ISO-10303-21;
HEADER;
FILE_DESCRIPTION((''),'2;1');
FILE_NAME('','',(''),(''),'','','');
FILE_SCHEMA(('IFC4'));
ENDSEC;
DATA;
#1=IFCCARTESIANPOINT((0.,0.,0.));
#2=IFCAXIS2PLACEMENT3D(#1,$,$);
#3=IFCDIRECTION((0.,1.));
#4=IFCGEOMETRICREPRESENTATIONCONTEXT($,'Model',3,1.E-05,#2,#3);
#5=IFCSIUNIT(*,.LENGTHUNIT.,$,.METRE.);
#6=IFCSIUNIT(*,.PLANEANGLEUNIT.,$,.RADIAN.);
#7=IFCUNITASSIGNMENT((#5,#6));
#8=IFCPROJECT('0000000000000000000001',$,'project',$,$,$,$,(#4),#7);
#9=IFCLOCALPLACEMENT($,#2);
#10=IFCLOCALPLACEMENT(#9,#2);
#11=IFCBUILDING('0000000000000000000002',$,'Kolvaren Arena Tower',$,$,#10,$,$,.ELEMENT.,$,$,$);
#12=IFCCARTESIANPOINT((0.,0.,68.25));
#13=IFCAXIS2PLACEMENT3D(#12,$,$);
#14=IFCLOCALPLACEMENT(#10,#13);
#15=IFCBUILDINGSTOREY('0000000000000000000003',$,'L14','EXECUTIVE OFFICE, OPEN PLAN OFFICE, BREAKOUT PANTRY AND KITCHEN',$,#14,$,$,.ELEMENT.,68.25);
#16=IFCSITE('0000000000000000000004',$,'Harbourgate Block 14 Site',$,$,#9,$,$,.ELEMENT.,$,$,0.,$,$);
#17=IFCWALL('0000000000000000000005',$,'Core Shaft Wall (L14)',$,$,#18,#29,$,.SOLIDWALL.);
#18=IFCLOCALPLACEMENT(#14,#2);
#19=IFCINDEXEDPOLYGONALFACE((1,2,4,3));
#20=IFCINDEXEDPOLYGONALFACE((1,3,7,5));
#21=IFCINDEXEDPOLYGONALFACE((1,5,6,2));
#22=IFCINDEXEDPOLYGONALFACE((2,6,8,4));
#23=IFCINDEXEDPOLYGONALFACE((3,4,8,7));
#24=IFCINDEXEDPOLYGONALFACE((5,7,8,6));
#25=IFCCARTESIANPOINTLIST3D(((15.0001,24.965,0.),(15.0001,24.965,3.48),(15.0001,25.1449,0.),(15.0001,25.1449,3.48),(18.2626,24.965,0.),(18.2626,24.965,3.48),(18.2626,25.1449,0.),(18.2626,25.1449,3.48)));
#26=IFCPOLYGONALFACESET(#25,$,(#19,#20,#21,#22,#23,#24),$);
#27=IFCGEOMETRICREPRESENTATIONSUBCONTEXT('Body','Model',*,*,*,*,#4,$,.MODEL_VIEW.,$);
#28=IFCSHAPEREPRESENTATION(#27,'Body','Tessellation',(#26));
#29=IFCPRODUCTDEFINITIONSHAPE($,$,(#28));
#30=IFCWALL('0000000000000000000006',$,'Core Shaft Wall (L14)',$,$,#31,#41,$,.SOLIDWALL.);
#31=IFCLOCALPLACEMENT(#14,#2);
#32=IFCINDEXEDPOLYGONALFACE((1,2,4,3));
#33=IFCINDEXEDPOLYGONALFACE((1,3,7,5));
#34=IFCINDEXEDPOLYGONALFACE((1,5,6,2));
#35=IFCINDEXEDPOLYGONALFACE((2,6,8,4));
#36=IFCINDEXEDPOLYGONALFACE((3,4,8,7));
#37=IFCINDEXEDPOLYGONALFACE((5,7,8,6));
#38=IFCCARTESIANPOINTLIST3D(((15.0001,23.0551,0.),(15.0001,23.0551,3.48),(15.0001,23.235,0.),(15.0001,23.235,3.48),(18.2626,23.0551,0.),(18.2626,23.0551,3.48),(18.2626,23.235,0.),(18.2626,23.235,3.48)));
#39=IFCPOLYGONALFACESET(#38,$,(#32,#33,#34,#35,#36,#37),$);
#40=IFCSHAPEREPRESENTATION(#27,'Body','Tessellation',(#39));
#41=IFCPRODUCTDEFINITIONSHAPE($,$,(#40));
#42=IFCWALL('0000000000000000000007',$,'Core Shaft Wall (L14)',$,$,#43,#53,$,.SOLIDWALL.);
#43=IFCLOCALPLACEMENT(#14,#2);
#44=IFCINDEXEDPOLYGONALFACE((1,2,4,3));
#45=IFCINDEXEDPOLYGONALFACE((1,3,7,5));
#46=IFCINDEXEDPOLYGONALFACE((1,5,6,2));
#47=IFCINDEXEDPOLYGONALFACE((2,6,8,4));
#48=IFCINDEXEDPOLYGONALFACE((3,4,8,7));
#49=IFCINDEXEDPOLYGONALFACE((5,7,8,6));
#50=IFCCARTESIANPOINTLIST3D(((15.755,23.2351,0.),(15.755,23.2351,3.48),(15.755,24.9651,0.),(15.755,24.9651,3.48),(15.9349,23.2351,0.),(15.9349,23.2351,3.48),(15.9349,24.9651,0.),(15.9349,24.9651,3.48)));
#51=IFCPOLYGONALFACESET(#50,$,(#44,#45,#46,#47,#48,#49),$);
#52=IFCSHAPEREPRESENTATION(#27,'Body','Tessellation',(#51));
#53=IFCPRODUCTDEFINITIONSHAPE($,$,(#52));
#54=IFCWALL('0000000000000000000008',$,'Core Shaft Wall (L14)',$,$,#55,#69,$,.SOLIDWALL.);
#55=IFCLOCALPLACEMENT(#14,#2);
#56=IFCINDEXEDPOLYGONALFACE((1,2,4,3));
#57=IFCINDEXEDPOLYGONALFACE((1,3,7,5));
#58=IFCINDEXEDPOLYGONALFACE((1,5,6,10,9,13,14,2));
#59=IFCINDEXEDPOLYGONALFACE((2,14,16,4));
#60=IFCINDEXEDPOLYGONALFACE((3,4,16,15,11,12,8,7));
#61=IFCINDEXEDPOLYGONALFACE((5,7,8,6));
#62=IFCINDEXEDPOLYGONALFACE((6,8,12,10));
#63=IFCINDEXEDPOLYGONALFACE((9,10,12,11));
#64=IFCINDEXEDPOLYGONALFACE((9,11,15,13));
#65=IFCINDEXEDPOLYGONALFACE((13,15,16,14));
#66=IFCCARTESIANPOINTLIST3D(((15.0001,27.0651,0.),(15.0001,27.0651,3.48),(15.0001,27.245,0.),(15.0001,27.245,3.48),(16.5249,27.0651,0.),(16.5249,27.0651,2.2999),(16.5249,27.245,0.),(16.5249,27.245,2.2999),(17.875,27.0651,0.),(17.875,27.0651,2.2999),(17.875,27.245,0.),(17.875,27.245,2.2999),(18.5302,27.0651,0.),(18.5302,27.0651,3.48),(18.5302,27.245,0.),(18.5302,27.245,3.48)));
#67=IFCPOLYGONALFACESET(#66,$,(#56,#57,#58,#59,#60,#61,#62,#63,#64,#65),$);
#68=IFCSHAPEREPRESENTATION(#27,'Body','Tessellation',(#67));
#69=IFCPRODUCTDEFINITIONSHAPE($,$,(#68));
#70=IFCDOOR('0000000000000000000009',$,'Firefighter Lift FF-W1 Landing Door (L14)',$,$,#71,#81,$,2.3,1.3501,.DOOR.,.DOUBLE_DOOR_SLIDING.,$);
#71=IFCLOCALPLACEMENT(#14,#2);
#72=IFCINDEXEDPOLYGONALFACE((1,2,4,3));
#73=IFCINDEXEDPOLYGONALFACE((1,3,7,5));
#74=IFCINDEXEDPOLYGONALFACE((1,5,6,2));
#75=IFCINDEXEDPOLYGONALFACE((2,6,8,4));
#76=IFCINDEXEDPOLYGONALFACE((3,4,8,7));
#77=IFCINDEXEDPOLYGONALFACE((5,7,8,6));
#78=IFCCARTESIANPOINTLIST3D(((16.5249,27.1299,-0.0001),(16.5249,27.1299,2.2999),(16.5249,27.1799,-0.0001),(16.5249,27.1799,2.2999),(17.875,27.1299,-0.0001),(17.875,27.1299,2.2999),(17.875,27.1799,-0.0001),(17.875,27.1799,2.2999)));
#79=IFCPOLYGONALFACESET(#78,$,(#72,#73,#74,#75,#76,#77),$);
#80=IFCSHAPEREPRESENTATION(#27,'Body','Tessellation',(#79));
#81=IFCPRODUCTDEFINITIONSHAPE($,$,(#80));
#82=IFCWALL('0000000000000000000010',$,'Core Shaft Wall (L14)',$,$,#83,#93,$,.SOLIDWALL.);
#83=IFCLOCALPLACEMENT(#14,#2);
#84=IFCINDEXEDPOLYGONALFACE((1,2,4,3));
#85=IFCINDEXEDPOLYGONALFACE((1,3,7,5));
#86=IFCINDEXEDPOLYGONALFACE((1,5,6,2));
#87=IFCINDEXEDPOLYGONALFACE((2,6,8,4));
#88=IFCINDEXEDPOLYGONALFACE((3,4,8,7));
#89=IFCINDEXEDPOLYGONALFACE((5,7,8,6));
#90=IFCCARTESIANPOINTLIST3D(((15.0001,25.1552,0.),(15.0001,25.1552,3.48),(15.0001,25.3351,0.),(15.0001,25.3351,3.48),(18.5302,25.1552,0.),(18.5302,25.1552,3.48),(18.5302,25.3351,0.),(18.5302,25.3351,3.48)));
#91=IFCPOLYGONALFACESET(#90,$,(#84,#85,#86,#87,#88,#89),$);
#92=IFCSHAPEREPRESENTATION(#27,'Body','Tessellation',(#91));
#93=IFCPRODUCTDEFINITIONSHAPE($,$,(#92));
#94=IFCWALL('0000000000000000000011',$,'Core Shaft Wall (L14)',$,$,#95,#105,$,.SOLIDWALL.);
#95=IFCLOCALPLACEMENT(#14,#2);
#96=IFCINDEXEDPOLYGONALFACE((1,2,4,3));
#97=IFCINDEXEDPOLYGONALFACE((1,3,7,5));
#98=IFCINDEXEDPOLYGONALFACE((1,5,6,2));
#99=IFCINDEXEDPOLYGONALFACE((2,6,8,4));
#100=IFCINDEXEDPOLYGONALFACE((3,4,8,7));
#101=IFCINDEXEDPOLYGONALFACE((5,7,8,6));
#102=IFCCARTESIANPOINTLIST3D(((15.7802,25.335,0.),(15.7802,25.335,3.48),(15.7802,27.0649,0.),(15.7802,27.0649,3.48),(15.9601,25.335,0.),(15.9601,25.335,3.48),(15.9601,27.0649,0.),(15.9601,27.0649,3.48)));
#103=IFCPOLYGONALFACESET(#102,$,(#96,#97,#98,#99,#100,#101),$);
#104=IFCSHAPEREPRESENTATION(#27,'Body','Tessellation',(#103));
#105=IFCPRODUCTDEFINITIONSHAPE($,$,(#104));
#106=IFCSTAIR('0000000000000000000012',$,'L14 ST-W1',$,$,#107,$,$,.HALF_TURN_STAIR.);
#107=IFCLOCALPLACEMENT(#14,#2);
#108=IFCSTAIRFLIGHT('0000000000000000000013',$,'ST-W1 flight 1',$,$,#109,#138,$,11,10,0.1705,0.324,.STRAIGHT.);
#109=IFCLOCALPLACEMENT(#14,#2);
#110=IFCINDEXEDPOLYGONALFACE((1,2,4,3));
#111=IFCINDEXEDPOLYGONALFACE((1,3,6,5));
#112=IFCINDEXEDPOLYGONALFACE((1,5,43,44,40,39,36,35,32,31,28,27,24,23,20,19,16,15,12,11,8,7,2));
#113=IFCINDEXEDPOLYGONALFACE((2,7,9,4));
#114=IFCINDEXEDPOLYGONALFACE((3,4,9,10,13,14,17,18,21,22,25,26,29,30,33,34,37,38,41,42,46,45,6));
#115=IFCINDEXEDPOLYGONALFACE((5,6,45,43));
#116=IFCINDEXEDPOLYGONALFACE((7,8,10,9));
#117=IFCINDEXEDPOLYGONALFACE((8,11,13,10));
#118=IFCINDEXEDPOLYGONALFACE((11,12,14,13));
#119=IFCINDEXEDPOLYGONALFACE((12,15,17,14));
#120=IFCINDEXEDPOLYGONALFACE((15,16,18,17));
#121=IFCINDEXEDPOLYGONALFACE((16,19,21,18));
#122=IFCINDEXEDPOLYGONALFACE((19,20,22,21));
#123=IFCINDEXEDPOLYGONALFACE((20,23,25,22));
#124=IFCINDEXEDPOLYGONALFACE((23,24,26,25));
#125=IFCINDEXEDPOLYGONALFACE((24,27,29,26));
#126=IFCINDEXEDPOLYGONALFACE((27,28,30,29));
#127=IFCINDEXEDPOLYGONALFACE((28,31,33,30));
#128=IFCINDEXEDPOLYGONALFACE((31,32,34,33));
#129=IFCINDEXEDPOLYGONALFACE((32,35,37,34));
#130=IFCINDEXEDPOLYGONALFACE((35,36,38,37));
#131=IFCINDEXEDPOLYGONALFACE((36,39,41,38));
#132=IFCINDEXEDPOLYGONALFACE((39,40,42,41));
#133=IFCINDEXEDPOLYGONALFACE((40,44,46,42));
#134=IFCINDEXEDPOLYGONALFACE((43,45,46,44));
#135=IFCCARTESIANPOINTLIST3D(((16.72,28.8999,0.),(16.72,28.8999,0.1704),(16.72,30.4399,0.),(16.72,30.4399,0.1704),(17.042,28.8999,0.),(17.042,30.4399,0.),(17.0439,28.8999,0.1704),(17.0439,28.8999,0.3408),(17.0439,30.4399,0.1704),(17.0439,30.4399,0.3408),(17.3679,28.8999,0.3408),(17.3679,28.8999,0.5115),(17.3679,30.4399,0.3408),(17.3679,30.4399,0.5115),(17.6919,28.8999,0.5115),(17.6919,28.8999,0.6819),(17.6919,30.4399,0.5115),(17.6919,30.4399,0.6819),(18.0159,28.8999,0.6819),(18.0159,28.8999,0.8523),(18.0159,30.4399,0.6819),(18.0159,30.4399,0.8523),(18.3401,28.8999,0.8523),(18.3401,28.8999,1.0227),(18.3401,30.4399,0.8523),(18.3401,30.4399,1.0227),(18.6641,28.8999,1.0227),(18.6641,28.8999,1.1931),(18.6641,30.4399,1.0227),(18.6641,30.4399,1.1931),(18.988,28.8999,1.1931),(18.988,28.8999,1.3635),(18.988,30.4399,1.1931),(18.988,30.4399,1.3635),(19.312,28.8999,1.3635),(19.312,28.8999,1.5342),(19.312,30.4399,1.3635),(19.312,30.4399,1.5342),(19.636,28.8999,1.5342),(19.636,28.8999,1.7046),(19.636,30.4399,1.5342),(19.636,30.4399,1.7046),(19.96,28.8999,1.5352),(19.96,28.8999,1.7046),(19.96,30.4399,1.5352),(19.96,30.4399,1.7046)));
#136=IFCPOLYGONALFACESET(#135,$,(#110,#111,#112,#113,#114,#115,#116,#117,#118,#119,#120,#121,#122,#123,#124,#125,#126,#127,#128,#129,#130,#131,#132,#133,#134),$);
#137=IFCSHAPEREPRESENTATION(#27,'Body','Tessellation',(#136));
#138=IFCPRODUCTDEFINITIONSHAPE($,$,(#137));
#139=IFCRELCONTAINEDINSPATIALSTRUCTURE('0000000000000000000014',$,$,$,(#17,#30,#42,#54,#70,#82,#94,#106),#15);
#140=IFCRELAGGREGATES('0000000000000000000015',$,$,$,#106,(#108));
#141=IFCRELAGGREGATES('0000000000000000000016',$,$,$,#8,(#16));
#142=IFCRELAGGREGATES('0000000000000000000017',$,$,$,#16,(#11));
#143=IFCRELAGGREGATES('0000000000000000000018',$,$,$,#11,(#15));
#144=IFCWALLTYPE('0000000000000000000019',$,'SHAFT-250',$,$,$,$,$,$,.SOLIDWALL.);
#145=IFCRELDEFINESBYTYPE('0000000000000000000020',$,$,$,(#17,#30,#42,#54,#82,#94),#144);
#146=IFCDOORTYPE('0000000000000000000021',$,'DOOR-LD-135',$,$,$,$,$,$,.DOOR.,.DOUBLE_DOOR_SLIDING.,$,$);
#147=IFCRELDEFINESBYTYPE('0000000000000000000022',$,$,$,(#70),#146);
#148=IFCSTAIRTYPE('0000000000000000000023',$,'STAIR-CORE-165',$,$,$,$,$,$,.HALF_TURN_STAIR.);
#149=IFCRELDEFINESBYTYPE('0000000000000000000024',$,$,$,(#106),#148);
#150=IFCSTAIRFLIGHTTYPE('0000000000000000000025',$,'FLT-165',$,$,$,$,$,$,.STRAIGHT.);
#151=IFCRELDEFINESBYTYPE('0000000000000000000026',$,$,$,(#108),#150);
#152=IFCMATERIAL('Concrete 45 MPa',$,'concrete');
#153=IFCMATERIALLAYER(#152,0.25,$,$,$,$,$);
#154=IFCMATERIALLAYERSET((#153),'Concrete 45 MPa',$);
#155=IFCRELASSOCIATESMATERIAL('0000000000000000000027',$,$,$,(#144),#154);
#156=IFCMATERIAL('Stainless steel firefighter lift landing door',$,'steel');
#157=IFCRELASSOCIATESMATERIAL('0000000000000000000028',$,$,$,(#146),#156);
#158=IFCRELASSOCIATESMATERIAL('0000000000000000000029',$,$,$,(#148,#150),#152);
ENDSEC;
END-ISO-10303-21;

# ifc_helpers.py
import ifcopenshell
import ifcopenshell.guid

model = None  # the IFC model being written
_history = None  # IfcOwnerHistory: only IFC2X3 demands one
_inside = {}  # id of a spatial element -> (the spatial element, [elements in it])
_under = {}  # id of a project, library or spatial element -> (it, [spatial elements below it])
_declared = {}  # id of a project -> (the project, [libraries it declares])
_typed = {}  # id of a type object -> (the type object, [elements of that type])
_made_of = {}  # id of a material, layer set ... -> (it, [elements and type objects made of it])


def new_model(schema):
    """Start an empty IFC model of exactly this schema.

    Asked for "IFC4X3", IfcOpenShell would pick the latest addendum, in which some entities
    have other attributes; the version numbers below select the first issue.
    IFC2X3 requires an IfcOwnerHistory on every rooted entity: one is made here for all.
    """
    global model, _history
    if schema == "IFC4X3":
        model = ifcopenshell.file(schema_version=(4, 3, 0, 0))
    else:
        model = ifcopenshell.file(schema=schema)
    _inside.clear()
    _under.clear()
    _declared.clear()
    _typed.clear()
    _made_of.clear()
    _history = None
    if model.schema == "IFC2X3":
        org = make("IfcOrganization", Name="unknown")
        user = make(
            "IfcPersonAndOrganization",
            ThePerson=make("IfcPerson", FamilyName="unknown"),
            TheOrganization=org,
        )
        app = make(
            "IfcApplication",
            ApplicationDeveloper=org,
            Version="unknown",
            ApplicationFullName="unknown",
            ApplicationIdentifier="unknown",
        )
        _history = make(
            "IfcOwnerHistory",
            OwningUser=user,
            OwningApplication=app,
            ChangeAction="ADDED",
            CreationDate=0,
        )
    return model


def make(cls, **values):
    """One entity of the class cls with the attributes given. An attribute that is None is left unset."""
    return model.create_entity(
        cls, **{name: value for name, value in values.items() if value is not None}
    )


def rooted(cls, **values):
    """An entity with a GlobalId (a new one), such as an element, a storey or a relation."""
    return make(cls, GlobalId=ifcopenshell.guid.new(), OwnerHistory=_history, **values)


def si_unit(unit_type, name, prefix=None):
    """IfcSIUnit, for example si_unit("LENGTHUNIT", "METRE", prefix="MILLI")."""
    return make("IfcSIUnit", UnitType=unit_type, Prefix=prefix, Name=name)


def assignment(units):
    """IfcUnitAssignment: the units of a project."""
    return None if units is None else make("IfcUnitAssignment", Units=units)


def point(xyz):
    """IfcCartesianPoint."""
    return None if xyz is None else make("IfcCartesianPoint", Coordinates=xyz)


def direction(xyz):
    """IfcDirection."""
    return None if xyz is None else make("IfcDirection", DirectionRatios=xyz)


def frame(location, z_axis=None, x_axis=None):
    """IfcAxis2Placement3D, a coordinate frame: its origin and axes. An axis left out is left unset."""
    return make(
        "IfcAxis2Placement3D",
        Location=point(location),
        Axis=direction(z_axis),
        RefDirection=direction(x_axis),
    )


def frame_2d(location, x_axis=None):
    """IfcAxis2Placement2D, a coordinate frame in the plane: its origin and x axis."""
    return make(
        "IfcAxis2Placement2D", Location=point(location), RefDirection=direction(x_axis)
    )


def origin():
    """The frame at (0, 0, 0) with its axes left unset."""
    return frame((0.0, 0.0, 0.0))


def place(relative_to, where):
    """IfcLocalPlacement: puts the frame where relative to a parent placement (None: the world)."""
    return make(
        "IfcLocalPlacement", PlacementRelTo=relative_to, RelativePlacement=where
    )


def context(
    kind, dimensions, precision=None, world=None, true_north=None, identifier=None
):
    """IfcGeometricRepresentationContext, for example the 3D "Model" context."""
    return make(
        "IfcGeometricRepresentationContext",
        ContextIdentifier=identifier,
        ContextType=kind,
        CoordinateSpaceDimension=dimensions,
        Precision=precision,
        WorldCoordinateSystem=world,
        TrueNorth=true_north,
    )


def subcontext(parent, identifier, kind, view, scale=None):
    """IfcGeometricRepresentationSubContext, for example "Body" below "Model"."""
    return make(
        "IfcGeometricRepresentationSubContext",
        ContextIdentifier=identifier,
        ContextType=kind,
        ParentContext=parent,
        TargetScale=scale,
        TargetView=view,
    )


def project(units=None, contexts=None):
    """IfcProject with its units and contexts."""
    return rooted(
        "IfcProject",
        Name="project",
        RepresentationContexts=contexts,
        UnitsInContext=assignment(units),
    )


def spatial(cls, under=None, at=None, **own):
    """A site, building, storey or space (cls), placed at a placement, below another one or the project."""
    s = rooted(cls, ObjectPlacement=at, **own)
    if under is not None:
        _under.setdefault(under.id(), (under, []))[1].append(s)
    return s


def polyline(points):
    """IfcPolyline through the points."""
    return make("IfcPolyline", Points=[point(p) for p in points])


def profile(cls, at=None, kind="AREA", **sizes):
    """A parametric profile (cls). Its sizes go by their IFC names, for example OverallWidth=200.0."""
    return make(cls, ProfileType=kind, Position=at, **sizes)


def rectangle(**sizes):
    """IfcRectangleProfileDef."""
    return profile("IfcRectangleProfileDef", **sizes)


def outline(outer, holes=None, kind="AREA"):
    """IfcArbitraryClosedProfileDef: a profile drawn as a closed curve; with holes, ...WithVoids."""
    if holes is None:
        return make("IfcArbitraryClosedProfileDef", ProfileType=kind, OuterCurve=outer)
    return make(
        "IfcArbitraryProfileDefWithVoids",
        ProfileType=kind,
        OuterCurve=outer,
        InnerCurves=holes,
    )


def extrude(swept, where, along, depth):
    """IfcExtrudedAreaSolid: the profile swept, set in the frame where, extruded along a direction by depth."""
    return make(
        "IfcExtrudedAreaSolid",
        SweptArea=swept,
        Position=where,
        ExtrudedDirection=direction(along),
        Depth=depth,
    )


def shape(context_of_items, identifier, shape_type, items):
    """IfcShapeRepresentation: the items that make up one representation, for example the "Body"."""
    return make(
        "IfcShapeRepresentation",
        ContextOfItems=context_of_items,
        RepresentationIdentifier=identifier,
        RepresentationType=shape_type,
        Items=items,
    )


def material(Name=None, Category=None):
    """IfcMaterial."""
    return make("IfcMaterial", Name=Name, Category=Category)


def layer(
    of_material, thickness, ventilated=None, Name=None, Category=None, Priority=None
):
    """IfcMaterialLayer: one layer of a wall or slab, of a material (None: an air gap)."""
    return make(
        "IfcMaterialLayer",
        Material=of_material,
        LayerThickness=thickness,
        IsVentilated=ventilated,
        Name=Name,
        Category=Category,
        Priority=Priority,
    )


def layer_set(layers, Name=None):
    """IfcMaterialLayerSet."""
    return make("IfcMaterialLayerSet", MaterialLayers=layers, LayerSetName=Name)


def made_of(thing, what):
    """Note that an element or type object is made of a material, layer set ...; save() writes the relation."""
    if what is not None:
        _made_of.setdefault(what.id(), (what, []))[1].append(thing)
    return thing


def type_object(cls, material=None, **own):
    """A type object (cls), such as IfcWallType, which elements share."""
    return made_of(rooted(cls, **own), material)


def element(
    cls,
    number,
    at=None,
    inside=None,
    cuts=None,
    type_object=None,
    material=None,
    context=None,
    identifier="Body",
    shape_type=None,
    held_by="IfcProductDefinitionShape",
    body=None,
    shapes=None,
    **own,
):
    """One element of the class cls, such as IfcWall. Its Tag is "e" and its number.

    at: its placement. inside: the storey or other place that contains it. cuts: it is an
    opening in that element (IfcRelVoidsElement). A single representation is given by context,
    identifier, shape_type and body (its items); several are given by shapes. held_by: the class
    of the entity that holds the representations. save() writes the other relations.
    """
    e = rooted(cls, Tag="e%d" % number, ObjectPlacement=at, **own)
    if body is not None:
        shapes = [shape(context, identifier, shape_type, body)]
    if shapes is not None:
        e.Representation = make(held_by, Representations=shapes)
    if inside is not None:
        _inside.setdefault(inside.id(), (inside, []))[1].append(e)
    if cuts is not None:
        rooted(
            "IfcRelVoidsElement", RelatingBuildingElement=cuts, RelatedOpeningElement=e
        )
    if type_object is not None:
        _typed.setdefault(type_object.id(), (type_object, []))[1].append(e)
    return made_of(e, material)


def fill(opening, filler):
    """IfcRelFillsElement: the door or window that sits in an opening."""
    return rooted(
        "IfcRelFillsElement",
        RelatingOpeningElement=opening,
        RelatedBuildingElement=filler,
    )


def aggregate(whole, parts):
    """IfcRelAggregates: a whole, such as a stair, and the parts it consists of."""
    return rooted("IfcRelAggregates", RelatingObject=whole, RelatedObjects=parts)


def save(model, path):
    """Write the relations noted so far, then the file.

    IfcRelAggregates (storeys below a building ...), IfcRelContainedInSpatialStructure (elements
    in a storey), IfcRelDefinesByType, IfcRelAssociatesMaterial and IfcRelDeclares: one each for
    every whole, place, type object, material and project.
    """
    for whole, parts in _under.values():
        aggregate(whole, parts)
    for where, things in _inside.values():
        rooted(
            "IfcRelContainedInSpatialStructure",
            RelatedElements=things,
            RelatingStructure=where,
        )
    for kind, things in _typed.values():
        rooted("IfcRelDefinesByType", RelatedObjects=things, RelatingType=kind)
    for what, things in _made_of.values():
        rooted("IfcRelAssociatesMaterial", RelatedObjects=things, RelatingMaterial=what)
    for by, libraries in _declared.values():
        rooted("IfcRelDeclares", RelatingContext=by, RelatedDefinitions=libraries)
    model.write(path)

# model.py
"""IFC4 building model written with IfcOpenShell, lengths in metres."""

from ifc_helpers import new_model, si_unit, direction, frame, frame_2d, origin, place, context, subcontext, project, spatial, polyline, rectangle, outline, extrude, material, layer, layer_set, type_object, element, fill, aggregate, save


model = new_model("IFC4")

# Units and contexts
model_context = context("Model", 3, precision=1e-05, world=origin(), true_north=direction((0.0, 1.0)))
body_context = subcontext(model_context, "Body", "Model", "MODEL_VIEW")
ifc_project = project(units=[si_unit("LENGTHUNIT", "METRE"), si_unit("PLANEANGLEUNIT", "RADIAN")], contexts=[model_context])

# Site, building, storey
site_placement = place(None, origin())
site = spatial("IfcSite", under=ifc_project, at=site_placement, Name="Harbourgate Block 14 Site", CompositionType="ELEMENT", RefElevation=0.0)
building_placement = place(site_placement, origin())
building = spatial("IfcBuilding", under=site, at=building_placement, Name="Kolvaren Arena Tower", CompositionType="ELEMENT")
storey_placement = place(building_placement, frame((0.0, 0.0, 68.25)))
storey = spatial("IfcBuildingStorey", under=building, at=storey_placement, Name="L14", Description="EXECUTIVE OFFICE, OPEN PLAN OFFICE, BREAKOUT PANTRY AND KITCHEN", CompositionType="ELEMENT", Elevation=68.25)

# Walls
ifc_material_1 = material(Name="Concrete 45 MPa", Category="concrete")
ifc_layer = layer(ifc_material_1, 0.25)
ifc_layer_set = layer_set([ifc_layer], Name="Concrete 45 MPa")
wall_type = type_object("IfcWallType", Name="SHAFT-250", PredefinedType="SOLIDWALL", material=ifc_layer_set)
for number, where, z_axis, x_axis, name in (
    (1, (15.0, 25.0549, 0.0), (0.0, 0.0, 1.0), (1.0, 0.0, 0.0), "Core Shaft Wall (L14)"),
    (2, (15.0, 23.145, 0.0), (0.0, 0.0, 1.0), (1.0, 0.0, 0.0), "Core Shaft Wall (L14)"),
):
    element("IfcWall", number, at=place(storey_placement, frame(where, z_axis=z_axis, x_axis=x_axis)), inside=storey, type_object=wall_type, Name=name, PredefinedType="SOLIDWALL", context=body_context, shape_type="SweptSolid", body=[
        extrude(rectangle(XDim=3.2625, YDim=0.1799, at=frame_2d((1.6313, 0.0))), origin(), (0.0, 0.0, 1.0), 3.48),
    ])
wall_1_placement = place(storey_placement, frame((15.845, 23.2351, 0.0), z_axis=(0.0, 0.0, 1.0), x_axis=(0.0, 1.0, 0.0)))
element("IfcWall", 3, at=wall_1_placement, inside=storey, type_object=wall_type, Name="Core Shaft Wall (L14)", PredefinedType="SOLIDWALL", context=body_context, shape_type="SweptSolid", body=[
    extrude(rectangle(XDim=1.73, YDim=0.1799, at=frame_2d((0.865, 0.0))), origin(), (0.0, 0.0, 1.0), 3.48),
])

# Wall, opening, door
wall_2_placement = place(storey_placement, frame((15.0, 27.155, 0.0), z_axis=(0.0, 0.0, 1.0), x_axis=(1.0, 0.0, 0.0)))
wall_2 = element("IfcWall", 4, at=wall_2_placement, inside=storey, type_object=wall_type, Name="Core Shaft Wall (L14)", PredefinedType="SOLIDWALL", context=body_context, shape_type="SweptSolid", body=[
    extrude(rectangle(XDim=3.53, YDim=0.1799, at=frame_2d((1.7651, 0.0))), origin(), (0.0, 0.0, 1.0), 3.48),
])
opening_placement = place(wall_2_placement, frame((1.5249, 0.0, 0.0)))
opening = element("IfcOpeningElement", 5, at=opening_placement, cuts=wall_2, PredefinedType="OPENING", context=body_context, shape_type="SweptSolid", body=[
    extrude(rectangle(XDim=1.3501, YDim=2.3, at=frame_2d((0.675, 1.1499))), frame((0.0, 0.0999, 0.0), z_axis=(0.0, -1.0, 0.0), x_axis=(1.0, 0.0, 0.0)), (0.0, 0.0, 1.0), 0.2),
])
ifc_material_2 = material(Name="Stainless steel firefighter lift landing door", Category="steel")
door_type = type_object("IfcDoorType", Name="DOOR-LD-135", OperationType="DOUBLE_DOOR_SLIDING", PredefinedType="DOOR", material=ifc_material_2)
door_placement = place(opening_placement, origin())
door = element("IfcDoor", 6, at=door_placement, inside=storey, type_object=door_type, Name="Firefighter Lift FF-W1 Landing Door (L14)", OperationType="DOUBLE_DOOR_SLIDING", OverallHeight=2.3, OverallWidth=1.3501, PredefinedType="DOOR", context=body_context, shape_type="SweptSolid", body=[
    extrude(rectangle(XDim=1.3501, YDim=2.3, at=frame_2d((0.675, 1.1499))), frame((0.0, 0.0249, 0.0), z_axis=(0.0, -1.0, 0.0), x_axis=(1.0, 0.0, 0.0)), (0.0, 0.0, 1.0), 0.05),
])
fill(opening, door)

# Walls
wall_3_placement = place(storey_placement, frame((15.0, 25.2451, 0.0), z_axis=(0.0, 0.0, 1.0), x_axis=(1.0, 0.0, 0.0)))
element("IfcWall", 7, at=wall_3_placement, inside=storey, type_object=wall_type, Name="Core Shaft Wall (L14)", PredefinedType="SOLIDWALL", context=body_context, shape_type="SweptSolid", body=[
    extrude(rectangle(XDim=3.53, YDim=0.1799, at=frame_2d((1.7651, 0.0))), origin(), (0.0, 0.0, 1.0), 3.48),
])
wall_4_placement = place(storey_placement, frame((15.8701, 25.335, 0.0), z_axis=(0.0, 0.0, 1.0), x_axis=(0.0, 1.0, 0.0)))
element("IfcWall", 8, at=wall_4_placement, inside=storey, type_object=wall_type, Name="Core Shaft Wall (L14)", PredefinedType="SOLIDWALL", context=body_context, shape_type="SweptSolid", body=[
    extrude(rectangle(XDim=1.73, YDim=0.1799, at=frame_2d((0.865, 0.0))), origin(), (0.0, 0.0, 1.0), 3.48),
])

# Stair, stair flight
stair_type = type_object("IfcStairType", Name="STAIR-CORE-165", PredefinedType="HALF_TURN_STAIR", material=ifc_material_1)
stair_placement = place(storey_placement, origin())
stair = element("IfcStair", 9, at=stair_placement, inside=storey, type_object=stair_type, Name="L14 ST-W1", PredefinedType="HALF_TURN_STAIR")
stair_flight_type = type_object("IfcStairFlightType", Name="FLT-165", PredefinedType="STRAIGHT", material=ifc_material_1)
stair_flight_placement = place(storey_placement, frame((16.72, 29.6699, 0.0), z_axis=(0.0, 0.0, 1.0), x_axis=(1.0, 0.0, 0.0)))
stair_flight = element("IfcStairFlight", 10, at=stair_flight_placement, type_object=stair_flight_type, Name="ST-W1 flight 1", NumberOfRisers=11, NumberOfTreads=10, PredefinedType="STRAIGHT", RiserHeight=0.1705, TreadLength=0.324, context=body_context, shape_type="SweptSolid", body=[
    extrude(outline(polyline([(0.0, 0.0), (0.0, 0.1704), (0.324, 0.1704), (0.324, 0.3408), (0.6479, 0.3408), (0.6479, 0.5115), (0.9719, 0.5115), (0.9719, 0.6819), (1.2959, 0.6819), (1.2959, 0.8523), (1.6201, 0.8523), (1.6201, 1.0227), (1.9441, 1.0227), (1.9441, 1.1931), (2.2681, 1.1931), (2.2681, 1.3635), (2.592, 1.3635), (2.592, 1.5342), (2.916, 1.5342), (2.916, 1.7046), (3.24, 1.7046), (3.24, 1.875), (3.24, 1.5352), (0.322, 0.0), (0.0, 0.0)])), frame((0.0, 0.77, 0.0), z_axis=(0.0, -1.0, 0.0), x_axis=(1.0, 0.0, 0.0)), (0.0, 0.0, 1.0), 1.54),
])
aggregate(stair, [stair_flight])

save(model, "model.ifc")
